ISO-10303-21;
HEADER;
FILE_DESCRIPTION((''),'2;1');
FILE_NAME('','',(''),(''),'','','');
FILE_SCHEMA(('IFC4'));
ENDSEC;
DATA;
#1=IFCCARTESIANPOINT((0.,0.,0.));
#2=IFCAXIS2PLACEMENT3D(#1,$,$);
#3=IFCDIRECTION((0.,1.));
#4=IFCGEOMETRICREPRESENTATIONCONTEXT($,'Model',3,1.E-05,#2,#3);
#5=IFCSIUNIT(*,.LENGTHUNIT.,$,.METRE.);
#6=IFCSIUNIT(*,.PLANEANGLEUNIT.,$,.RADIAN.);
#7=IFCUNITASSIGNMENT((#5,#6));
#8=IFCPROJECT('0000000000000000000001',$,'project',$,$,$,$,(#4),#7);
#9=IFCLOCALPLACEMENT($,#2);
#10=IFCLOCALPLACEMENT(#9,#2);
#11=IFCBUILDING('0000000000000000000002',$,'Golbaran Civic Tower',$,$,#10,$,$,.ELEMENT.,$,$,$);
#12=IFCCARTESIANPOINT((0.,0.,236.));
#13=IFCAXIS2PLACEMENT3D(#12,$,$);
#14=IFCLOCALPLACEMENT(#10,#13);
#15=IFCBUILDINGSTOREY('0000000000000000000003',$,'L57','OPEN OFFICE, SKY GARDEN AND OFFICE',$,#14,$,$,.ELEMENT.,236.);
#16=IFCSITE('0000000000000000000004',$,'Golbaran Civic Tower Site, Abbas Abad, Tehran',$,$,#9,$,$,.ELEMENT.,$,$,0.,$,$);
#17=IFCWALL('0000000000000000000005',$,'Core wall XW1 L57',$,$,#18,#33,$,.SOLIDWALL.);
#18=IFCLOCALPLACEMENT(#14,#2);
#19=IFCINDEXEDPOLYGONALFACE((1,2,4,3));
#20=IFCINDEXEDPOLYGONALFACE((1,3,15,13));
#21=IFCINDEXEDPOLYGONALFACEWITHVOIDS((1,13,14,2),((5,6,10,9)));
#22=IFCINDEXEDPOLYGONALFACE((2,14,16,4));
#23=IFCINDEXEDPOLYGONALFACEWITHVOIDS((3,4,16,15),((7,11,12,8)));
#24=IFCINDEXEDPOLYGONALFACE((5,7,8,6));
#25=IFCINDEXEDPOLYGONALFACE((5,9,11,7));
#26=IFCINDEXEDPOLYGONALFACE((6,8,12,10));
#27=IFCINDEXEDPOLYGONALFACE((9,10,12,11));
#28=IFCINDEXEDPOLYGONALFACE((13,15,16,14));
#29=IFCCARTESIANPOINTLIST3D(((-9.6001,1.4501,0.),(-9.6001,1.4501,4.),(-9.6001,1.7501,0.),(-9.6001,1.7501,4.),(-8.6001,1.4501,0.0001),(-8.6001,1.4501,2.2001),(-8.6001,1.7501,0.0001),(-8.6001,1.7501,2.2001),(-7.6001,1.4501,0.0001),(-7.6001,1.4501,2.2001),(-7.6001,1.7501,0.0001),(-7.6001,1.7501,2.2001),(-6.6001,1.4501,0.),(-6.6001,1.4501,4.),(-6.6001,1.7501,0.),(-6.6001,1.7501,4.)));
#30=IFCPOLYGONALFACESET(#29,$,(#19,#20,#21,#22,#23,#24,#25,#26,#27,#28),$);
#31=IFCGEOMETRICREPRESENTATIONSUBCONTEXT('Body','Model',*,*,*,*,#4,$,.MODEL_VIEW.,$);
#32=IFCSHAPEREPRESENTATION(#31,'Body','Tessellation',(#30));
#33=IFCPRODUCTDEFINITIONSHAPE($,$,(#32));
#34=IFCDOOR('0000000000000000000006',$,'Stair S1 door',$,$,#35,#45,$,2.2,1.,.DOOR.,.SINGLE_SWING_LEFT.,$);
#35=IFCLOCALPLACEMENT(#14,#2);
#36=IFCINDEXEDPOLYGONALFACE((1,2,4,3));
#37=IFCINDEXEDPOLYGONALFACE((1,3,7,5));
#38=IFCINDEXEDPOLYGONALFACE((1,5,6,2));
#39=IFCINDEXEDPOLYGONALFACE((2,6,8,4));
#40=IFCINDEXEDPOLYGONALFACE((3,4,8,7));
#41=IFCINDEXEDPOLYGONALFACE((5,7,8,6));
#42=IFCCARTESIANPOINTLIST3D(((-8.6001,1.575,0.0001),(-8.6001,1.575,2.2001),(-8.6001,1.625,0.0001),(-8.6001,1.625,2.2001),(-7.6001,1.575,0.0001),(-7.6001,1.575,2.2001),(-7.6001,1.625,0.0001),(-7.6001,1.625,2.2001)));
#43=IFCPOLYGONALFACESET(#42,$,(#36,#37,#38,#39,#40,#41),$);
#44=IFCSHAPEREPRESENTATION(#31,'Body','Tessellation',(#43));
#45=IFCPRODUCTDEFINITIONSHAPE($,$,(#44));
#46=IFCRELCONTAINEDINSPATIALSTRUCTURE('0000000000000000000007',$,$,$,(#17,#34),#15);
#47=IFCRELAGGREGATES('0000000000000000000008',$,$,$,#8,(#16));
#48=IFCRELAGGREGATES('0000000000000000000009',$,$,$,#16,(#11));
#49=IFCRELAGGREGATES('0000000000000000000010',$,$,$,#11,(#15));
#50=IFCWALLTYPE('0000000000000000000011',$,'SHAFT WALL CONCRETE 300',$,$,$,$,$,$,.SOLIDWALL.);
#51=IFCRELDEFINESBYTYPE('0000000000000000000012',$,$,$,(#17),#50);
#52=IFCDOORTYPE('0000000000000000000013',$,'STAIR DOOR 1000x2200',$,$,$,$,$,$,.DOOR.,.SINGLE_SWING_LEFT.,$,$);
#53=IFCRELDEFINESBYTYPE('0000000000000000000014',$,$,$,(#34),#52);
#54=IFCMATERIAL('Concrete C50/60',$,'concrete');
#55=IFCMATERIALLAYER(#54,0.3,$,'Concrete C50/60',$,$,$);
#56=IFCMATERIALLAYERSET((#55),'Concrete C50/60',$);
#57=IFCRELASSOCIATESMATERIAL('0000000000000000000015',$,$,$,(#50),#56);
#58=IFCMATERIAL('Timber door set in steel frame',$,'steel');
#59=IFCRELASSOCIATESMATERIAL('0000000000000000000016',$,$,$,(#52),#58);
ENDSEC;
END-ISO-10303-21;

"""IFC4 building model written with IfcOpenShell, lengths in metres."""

from ifc_helpers import new_model, si_unit, direction, frame, frame_2d, origin, place, context, subcontext, project, spatial, rectangle, extrude, material, layer, layer_set, type_object, element, fill, save


model = new_model("IFC4")

# Units and contexts
model_context = context("Model", 3, precision=1e-05, world=origin(), true_north=direction((0.0, 1.0)))
body_context = subcontext(model_context, "Body", "Model", "MODEL_VIEW")
ifc_project = project(units=[si_unit("LENGTHUNIT", "METRE"), si_unit("PLANEANGLEUNIT", "RADIAN")], contexts=[model_context])

# Site, building, storey
site_placement = place(None, origin())
site = spatial("IfcSite", under=ifc_project, at=site_placement, Name="Golbaran Civic Tower Site, Abbas Abad, Tehran", CompositionType="ELEMENT", RefElevation=0.0)
building_placement = place(site_placement, origin())
building = spatial("IfcBuilding", under=site, at=building_placement, Name="Golbaran Civic Tower", CompositionType="ELEMENT")
storey_placement = place(building_placement, frame((0.0, 0.0, 236.0)))
storey = spatial("IfcBuildingStorey", under=building, at=storey_placement, Name="L57", Description="OPEN OFFICE, SKY GARDEN AND OFFICE", CompositionType="ELEMENT", Elevation=236.0)

# Shared definitions
ifc_material_1 = material(Name="Concrete C50/60", Category="concrete")
ifc_material_2 = material(Name="Timber door set in steel frame", Category="steel")

# Wall, opening, door
ifc_layer_1 = layer(ifc_material_1, 0.3, Name="Concrete C50/60")
ifc_layer_set_1 = layer_set([ifc_layer_1], Name="Concrete C50/60")
wall_type_1 = type_object("IfcWallType", Name="SHAFT WALL CONCRETE 300", PredefinedType="SOLIDWALL", material=ifc_layer_set_1)
wall_1_placement = place(storey_placement, frame((-9.6001, 1.6001, 0.0), z_axis=(0.0, 0.0, 1.0), x_axis=(1.0, 0.0, 0.0)))
wall_1 = element("IfcWall", 1, at=wall_1_placement, inside=storey, type_object=wall_type_1, Name="Core wall XW1 L57", PredefinedType="SOLIDWALL", context=body_context, shape_type="SweptSolid", body=[
    extrude(rectangle(XDim=3.0, YDim=0.3, at=frame_2d((1.5, 0.0))), origin(), (0.0, 0.0, 1.0), 4.0),
])
opening_1_placement = place(wall_1_placement, frame((1.0, 0.0, 0.0)))
opening_1 = element("IfcOpeningElement", 2, at=opening_1_placement, cuts=wall_1, PredefinedType="OPENING", context=body_context, shape_type="SweptSolid", body=[
    extrude(rectangle(XDim=1.0, YDim=2.2, at=frame_2d((0.5, 1.1001))), frame((0.0, 0.1599, 0.0), z_axis=(0.0, -1.0, 0.0), x_axis=(1.0, 0.0, 0.0)), (0.0, 0.0, 1.0), 0.3201),
])
door_type_1 = type_object("IfcDoorType", Name="STAIR DOOR 1000x2200", OperationType="SINGLE_SWING_LEFT", PredefinedType="DOOR", material=ifc_material_2)
door_1_placement = place(opening_1_placement, origin())
door_1 = element("IfcDoor", 3, at=door_1_placement, inside=storey, type_object=door_type_1, Name="Stair S1 door", OperationType="SINGLE_SWING_LEFT", OverallHeight=2.2, OverallWidth=1.0, PredefinedType="DOOR", context=body_context, shape_type="SweptSolid", body=[
    extrude(rectangle(XDim=1.0, YDim=2.2, at=frame_2d((0.5, 1.1001))), frame((0.0, 0.0249, 0.0), z_axis=(0.0, -1.0, 0.0), x_axis=(1.0, 0.0, 0.0)), (0.0, 0.0, 1.0), 0.05),
])
fill(opening_1, door_1)

save(model, "model.ifc")
